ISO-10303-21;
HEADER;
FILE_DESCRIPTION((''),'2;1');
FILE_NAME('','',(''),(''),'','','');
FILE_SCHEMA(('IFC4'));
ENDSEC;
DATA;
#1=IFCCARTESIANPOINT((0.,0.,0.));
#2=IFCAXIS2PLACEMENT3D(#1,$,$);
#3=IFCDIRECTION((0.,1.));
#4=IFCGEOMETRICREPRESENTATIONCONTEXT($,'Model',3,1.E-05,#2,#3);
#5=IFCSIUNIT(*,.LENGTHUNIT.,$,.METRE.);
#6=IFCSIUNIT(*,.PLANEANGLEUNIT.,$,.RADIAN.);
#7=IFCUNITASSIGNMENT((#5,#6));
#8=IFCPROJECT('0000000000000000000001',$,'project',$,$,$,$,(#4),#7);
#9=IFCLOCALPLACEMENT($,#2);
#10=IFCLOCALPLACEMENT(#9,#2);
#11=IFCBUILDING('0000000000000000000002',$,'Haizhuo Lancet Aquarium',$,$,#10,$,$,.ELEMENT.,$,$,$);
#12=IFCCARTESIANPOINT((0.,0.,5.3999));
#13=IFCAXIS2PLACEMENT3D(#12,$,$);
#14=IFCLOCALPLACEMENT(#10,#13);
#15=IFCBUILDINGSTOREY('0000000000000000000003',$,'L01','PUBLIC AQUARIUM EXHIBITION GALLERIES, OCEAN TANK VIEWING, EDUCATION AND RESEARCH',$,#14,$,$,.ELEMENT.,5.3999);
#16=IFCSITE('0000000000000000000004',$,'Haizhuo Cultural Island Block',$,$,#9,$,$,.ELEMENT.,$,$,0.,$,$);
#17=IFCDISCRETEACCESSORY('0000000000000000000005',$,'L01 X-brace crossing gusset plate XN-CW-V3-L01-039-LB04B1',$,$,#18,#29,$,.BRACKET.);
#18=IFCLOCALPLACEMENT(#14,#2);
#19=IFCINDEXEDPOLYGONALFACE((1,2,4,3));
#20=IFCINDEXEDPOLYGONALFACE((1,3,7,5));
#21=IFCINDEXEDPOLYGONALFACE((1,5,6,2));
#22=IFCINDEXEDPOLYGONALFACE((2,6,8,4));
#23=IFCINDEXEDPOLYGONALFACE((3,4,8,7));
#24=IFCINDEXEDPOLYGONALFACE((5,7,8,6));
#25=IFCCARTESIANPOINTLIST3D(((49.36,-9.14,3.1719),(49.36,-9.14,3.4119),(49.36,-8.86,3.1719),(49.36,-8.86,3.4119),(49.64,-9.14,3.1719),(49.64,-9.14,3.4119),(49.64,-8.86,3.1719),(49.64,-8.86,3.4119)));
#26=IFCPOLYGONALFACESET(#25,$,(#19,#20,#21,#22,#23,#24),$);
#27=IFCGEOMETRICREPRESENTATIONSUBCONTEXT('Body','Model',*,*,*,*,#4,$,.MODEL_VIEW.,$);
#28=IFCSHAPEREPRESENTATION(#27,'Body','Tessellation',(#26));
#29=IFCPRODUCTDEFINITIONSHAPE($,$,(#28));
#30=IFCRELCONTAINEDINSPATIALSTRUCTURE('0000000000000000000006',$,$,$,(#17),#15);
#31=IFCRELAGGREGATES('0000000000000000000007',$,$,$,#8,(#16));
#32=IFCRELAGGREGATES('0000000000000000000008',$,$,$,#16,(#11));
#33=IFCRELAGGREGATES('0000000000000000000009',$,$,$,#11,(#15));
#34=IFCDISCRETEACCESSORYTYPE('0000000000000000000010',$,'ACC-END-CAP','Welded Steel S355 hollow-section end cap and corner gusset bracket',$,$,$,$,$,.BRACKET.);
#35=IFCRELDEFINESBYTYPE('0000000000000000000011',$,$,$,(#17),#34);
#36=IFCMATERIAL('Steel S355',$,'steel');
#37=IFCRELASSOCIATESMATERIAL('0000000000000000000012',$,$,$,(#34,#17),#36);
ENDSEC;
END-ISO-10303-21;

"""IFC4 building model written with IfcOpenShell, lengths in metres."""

from ifc_helpers import new_model, si_unit, direction, frame, origin, origin_2d, place, context, subcontext, project, spatial, rectangle, extrude, material, type_object, element, save


model = new_model("IFC4")

# Units and contexts
model_context = context("Model", 3, precision=1e-05, world=origin(), true_north=direction((0.0, 1.0)))
body_context = subcontext(model_context, "Body", "Model", "MODEL_VIEW")
ifc_project = project(units=[si_unit("LENGTHUNIT", "METRE"), si_unit("PLANEANGLEUNIT", "RADIAN")], contexts=[model_context])

# Site, building, storey
site_placement = place(None, origin())
site = spatial("IfcSite", under=ifc_project, at=site_placement, Name="Haizhuo Cultural Island Block", CompositionType="ELEMENT", RefElevation=0.0)
building_placement = place(site_placement, origin())
building = spatial("IfcBuilding", under=site, at=building_placement, Name="Haizhuo Lancet Aquarium", CompositionType="ELEMENT")
storey_placement = place(building_placement, frame((0.0, 0.0, 5.3999)))
storey = spatial("IfcBuildingStorey", under=building, at=storey_placement, Name="L01", Description="PUBLIC AQUARIUM EXHIBITION GALLERIES, OCEAN TANK VIEWING, EDUCATION AND RESEARCH", CompositionType="ELEMENT", Elevation=5.3999)

# Shared definitions
ifc_material_1 = material(Name="Steel S355", Category="steel")

# Discrete accessory
discrete_accessory_type = type_object("IfcDiscreteAccessoryType", Name="ACC-END-CAP", Description="Welded Steel S355 hollow-section end cap and corner gusset bracket", PredefinedType="BRACKET", material=ifc_material_1)
for number, where, z_axis, x_axis, name in (
    (1, (49.5, -9.0, 3.1719), (0.0, 0.0, 1.0), (1.0, 0.0, 0.0), "L01 X-brace crossing gusset plate XN-CW-V3-L01-039-LB04B1"),
):
    element("IfcDiscreteAccessory", number, at=place(storey_placement, frame(where, z_axis=z_axis, x_axis=x_axis)), inside=storey, type_object=discrete_accessory_type, material=ifc_material_1, Name=name, PredefinedType="BRACKET", context=body_context, shape_type="SweptSolid", body=[
        extrude(rectangle(XDim=0.28, YDim=0.28, at=origin_2d()), origin(), (0.0, 0.0, 1.0), 0.24),
    ])

save(model, "model.ifc")
